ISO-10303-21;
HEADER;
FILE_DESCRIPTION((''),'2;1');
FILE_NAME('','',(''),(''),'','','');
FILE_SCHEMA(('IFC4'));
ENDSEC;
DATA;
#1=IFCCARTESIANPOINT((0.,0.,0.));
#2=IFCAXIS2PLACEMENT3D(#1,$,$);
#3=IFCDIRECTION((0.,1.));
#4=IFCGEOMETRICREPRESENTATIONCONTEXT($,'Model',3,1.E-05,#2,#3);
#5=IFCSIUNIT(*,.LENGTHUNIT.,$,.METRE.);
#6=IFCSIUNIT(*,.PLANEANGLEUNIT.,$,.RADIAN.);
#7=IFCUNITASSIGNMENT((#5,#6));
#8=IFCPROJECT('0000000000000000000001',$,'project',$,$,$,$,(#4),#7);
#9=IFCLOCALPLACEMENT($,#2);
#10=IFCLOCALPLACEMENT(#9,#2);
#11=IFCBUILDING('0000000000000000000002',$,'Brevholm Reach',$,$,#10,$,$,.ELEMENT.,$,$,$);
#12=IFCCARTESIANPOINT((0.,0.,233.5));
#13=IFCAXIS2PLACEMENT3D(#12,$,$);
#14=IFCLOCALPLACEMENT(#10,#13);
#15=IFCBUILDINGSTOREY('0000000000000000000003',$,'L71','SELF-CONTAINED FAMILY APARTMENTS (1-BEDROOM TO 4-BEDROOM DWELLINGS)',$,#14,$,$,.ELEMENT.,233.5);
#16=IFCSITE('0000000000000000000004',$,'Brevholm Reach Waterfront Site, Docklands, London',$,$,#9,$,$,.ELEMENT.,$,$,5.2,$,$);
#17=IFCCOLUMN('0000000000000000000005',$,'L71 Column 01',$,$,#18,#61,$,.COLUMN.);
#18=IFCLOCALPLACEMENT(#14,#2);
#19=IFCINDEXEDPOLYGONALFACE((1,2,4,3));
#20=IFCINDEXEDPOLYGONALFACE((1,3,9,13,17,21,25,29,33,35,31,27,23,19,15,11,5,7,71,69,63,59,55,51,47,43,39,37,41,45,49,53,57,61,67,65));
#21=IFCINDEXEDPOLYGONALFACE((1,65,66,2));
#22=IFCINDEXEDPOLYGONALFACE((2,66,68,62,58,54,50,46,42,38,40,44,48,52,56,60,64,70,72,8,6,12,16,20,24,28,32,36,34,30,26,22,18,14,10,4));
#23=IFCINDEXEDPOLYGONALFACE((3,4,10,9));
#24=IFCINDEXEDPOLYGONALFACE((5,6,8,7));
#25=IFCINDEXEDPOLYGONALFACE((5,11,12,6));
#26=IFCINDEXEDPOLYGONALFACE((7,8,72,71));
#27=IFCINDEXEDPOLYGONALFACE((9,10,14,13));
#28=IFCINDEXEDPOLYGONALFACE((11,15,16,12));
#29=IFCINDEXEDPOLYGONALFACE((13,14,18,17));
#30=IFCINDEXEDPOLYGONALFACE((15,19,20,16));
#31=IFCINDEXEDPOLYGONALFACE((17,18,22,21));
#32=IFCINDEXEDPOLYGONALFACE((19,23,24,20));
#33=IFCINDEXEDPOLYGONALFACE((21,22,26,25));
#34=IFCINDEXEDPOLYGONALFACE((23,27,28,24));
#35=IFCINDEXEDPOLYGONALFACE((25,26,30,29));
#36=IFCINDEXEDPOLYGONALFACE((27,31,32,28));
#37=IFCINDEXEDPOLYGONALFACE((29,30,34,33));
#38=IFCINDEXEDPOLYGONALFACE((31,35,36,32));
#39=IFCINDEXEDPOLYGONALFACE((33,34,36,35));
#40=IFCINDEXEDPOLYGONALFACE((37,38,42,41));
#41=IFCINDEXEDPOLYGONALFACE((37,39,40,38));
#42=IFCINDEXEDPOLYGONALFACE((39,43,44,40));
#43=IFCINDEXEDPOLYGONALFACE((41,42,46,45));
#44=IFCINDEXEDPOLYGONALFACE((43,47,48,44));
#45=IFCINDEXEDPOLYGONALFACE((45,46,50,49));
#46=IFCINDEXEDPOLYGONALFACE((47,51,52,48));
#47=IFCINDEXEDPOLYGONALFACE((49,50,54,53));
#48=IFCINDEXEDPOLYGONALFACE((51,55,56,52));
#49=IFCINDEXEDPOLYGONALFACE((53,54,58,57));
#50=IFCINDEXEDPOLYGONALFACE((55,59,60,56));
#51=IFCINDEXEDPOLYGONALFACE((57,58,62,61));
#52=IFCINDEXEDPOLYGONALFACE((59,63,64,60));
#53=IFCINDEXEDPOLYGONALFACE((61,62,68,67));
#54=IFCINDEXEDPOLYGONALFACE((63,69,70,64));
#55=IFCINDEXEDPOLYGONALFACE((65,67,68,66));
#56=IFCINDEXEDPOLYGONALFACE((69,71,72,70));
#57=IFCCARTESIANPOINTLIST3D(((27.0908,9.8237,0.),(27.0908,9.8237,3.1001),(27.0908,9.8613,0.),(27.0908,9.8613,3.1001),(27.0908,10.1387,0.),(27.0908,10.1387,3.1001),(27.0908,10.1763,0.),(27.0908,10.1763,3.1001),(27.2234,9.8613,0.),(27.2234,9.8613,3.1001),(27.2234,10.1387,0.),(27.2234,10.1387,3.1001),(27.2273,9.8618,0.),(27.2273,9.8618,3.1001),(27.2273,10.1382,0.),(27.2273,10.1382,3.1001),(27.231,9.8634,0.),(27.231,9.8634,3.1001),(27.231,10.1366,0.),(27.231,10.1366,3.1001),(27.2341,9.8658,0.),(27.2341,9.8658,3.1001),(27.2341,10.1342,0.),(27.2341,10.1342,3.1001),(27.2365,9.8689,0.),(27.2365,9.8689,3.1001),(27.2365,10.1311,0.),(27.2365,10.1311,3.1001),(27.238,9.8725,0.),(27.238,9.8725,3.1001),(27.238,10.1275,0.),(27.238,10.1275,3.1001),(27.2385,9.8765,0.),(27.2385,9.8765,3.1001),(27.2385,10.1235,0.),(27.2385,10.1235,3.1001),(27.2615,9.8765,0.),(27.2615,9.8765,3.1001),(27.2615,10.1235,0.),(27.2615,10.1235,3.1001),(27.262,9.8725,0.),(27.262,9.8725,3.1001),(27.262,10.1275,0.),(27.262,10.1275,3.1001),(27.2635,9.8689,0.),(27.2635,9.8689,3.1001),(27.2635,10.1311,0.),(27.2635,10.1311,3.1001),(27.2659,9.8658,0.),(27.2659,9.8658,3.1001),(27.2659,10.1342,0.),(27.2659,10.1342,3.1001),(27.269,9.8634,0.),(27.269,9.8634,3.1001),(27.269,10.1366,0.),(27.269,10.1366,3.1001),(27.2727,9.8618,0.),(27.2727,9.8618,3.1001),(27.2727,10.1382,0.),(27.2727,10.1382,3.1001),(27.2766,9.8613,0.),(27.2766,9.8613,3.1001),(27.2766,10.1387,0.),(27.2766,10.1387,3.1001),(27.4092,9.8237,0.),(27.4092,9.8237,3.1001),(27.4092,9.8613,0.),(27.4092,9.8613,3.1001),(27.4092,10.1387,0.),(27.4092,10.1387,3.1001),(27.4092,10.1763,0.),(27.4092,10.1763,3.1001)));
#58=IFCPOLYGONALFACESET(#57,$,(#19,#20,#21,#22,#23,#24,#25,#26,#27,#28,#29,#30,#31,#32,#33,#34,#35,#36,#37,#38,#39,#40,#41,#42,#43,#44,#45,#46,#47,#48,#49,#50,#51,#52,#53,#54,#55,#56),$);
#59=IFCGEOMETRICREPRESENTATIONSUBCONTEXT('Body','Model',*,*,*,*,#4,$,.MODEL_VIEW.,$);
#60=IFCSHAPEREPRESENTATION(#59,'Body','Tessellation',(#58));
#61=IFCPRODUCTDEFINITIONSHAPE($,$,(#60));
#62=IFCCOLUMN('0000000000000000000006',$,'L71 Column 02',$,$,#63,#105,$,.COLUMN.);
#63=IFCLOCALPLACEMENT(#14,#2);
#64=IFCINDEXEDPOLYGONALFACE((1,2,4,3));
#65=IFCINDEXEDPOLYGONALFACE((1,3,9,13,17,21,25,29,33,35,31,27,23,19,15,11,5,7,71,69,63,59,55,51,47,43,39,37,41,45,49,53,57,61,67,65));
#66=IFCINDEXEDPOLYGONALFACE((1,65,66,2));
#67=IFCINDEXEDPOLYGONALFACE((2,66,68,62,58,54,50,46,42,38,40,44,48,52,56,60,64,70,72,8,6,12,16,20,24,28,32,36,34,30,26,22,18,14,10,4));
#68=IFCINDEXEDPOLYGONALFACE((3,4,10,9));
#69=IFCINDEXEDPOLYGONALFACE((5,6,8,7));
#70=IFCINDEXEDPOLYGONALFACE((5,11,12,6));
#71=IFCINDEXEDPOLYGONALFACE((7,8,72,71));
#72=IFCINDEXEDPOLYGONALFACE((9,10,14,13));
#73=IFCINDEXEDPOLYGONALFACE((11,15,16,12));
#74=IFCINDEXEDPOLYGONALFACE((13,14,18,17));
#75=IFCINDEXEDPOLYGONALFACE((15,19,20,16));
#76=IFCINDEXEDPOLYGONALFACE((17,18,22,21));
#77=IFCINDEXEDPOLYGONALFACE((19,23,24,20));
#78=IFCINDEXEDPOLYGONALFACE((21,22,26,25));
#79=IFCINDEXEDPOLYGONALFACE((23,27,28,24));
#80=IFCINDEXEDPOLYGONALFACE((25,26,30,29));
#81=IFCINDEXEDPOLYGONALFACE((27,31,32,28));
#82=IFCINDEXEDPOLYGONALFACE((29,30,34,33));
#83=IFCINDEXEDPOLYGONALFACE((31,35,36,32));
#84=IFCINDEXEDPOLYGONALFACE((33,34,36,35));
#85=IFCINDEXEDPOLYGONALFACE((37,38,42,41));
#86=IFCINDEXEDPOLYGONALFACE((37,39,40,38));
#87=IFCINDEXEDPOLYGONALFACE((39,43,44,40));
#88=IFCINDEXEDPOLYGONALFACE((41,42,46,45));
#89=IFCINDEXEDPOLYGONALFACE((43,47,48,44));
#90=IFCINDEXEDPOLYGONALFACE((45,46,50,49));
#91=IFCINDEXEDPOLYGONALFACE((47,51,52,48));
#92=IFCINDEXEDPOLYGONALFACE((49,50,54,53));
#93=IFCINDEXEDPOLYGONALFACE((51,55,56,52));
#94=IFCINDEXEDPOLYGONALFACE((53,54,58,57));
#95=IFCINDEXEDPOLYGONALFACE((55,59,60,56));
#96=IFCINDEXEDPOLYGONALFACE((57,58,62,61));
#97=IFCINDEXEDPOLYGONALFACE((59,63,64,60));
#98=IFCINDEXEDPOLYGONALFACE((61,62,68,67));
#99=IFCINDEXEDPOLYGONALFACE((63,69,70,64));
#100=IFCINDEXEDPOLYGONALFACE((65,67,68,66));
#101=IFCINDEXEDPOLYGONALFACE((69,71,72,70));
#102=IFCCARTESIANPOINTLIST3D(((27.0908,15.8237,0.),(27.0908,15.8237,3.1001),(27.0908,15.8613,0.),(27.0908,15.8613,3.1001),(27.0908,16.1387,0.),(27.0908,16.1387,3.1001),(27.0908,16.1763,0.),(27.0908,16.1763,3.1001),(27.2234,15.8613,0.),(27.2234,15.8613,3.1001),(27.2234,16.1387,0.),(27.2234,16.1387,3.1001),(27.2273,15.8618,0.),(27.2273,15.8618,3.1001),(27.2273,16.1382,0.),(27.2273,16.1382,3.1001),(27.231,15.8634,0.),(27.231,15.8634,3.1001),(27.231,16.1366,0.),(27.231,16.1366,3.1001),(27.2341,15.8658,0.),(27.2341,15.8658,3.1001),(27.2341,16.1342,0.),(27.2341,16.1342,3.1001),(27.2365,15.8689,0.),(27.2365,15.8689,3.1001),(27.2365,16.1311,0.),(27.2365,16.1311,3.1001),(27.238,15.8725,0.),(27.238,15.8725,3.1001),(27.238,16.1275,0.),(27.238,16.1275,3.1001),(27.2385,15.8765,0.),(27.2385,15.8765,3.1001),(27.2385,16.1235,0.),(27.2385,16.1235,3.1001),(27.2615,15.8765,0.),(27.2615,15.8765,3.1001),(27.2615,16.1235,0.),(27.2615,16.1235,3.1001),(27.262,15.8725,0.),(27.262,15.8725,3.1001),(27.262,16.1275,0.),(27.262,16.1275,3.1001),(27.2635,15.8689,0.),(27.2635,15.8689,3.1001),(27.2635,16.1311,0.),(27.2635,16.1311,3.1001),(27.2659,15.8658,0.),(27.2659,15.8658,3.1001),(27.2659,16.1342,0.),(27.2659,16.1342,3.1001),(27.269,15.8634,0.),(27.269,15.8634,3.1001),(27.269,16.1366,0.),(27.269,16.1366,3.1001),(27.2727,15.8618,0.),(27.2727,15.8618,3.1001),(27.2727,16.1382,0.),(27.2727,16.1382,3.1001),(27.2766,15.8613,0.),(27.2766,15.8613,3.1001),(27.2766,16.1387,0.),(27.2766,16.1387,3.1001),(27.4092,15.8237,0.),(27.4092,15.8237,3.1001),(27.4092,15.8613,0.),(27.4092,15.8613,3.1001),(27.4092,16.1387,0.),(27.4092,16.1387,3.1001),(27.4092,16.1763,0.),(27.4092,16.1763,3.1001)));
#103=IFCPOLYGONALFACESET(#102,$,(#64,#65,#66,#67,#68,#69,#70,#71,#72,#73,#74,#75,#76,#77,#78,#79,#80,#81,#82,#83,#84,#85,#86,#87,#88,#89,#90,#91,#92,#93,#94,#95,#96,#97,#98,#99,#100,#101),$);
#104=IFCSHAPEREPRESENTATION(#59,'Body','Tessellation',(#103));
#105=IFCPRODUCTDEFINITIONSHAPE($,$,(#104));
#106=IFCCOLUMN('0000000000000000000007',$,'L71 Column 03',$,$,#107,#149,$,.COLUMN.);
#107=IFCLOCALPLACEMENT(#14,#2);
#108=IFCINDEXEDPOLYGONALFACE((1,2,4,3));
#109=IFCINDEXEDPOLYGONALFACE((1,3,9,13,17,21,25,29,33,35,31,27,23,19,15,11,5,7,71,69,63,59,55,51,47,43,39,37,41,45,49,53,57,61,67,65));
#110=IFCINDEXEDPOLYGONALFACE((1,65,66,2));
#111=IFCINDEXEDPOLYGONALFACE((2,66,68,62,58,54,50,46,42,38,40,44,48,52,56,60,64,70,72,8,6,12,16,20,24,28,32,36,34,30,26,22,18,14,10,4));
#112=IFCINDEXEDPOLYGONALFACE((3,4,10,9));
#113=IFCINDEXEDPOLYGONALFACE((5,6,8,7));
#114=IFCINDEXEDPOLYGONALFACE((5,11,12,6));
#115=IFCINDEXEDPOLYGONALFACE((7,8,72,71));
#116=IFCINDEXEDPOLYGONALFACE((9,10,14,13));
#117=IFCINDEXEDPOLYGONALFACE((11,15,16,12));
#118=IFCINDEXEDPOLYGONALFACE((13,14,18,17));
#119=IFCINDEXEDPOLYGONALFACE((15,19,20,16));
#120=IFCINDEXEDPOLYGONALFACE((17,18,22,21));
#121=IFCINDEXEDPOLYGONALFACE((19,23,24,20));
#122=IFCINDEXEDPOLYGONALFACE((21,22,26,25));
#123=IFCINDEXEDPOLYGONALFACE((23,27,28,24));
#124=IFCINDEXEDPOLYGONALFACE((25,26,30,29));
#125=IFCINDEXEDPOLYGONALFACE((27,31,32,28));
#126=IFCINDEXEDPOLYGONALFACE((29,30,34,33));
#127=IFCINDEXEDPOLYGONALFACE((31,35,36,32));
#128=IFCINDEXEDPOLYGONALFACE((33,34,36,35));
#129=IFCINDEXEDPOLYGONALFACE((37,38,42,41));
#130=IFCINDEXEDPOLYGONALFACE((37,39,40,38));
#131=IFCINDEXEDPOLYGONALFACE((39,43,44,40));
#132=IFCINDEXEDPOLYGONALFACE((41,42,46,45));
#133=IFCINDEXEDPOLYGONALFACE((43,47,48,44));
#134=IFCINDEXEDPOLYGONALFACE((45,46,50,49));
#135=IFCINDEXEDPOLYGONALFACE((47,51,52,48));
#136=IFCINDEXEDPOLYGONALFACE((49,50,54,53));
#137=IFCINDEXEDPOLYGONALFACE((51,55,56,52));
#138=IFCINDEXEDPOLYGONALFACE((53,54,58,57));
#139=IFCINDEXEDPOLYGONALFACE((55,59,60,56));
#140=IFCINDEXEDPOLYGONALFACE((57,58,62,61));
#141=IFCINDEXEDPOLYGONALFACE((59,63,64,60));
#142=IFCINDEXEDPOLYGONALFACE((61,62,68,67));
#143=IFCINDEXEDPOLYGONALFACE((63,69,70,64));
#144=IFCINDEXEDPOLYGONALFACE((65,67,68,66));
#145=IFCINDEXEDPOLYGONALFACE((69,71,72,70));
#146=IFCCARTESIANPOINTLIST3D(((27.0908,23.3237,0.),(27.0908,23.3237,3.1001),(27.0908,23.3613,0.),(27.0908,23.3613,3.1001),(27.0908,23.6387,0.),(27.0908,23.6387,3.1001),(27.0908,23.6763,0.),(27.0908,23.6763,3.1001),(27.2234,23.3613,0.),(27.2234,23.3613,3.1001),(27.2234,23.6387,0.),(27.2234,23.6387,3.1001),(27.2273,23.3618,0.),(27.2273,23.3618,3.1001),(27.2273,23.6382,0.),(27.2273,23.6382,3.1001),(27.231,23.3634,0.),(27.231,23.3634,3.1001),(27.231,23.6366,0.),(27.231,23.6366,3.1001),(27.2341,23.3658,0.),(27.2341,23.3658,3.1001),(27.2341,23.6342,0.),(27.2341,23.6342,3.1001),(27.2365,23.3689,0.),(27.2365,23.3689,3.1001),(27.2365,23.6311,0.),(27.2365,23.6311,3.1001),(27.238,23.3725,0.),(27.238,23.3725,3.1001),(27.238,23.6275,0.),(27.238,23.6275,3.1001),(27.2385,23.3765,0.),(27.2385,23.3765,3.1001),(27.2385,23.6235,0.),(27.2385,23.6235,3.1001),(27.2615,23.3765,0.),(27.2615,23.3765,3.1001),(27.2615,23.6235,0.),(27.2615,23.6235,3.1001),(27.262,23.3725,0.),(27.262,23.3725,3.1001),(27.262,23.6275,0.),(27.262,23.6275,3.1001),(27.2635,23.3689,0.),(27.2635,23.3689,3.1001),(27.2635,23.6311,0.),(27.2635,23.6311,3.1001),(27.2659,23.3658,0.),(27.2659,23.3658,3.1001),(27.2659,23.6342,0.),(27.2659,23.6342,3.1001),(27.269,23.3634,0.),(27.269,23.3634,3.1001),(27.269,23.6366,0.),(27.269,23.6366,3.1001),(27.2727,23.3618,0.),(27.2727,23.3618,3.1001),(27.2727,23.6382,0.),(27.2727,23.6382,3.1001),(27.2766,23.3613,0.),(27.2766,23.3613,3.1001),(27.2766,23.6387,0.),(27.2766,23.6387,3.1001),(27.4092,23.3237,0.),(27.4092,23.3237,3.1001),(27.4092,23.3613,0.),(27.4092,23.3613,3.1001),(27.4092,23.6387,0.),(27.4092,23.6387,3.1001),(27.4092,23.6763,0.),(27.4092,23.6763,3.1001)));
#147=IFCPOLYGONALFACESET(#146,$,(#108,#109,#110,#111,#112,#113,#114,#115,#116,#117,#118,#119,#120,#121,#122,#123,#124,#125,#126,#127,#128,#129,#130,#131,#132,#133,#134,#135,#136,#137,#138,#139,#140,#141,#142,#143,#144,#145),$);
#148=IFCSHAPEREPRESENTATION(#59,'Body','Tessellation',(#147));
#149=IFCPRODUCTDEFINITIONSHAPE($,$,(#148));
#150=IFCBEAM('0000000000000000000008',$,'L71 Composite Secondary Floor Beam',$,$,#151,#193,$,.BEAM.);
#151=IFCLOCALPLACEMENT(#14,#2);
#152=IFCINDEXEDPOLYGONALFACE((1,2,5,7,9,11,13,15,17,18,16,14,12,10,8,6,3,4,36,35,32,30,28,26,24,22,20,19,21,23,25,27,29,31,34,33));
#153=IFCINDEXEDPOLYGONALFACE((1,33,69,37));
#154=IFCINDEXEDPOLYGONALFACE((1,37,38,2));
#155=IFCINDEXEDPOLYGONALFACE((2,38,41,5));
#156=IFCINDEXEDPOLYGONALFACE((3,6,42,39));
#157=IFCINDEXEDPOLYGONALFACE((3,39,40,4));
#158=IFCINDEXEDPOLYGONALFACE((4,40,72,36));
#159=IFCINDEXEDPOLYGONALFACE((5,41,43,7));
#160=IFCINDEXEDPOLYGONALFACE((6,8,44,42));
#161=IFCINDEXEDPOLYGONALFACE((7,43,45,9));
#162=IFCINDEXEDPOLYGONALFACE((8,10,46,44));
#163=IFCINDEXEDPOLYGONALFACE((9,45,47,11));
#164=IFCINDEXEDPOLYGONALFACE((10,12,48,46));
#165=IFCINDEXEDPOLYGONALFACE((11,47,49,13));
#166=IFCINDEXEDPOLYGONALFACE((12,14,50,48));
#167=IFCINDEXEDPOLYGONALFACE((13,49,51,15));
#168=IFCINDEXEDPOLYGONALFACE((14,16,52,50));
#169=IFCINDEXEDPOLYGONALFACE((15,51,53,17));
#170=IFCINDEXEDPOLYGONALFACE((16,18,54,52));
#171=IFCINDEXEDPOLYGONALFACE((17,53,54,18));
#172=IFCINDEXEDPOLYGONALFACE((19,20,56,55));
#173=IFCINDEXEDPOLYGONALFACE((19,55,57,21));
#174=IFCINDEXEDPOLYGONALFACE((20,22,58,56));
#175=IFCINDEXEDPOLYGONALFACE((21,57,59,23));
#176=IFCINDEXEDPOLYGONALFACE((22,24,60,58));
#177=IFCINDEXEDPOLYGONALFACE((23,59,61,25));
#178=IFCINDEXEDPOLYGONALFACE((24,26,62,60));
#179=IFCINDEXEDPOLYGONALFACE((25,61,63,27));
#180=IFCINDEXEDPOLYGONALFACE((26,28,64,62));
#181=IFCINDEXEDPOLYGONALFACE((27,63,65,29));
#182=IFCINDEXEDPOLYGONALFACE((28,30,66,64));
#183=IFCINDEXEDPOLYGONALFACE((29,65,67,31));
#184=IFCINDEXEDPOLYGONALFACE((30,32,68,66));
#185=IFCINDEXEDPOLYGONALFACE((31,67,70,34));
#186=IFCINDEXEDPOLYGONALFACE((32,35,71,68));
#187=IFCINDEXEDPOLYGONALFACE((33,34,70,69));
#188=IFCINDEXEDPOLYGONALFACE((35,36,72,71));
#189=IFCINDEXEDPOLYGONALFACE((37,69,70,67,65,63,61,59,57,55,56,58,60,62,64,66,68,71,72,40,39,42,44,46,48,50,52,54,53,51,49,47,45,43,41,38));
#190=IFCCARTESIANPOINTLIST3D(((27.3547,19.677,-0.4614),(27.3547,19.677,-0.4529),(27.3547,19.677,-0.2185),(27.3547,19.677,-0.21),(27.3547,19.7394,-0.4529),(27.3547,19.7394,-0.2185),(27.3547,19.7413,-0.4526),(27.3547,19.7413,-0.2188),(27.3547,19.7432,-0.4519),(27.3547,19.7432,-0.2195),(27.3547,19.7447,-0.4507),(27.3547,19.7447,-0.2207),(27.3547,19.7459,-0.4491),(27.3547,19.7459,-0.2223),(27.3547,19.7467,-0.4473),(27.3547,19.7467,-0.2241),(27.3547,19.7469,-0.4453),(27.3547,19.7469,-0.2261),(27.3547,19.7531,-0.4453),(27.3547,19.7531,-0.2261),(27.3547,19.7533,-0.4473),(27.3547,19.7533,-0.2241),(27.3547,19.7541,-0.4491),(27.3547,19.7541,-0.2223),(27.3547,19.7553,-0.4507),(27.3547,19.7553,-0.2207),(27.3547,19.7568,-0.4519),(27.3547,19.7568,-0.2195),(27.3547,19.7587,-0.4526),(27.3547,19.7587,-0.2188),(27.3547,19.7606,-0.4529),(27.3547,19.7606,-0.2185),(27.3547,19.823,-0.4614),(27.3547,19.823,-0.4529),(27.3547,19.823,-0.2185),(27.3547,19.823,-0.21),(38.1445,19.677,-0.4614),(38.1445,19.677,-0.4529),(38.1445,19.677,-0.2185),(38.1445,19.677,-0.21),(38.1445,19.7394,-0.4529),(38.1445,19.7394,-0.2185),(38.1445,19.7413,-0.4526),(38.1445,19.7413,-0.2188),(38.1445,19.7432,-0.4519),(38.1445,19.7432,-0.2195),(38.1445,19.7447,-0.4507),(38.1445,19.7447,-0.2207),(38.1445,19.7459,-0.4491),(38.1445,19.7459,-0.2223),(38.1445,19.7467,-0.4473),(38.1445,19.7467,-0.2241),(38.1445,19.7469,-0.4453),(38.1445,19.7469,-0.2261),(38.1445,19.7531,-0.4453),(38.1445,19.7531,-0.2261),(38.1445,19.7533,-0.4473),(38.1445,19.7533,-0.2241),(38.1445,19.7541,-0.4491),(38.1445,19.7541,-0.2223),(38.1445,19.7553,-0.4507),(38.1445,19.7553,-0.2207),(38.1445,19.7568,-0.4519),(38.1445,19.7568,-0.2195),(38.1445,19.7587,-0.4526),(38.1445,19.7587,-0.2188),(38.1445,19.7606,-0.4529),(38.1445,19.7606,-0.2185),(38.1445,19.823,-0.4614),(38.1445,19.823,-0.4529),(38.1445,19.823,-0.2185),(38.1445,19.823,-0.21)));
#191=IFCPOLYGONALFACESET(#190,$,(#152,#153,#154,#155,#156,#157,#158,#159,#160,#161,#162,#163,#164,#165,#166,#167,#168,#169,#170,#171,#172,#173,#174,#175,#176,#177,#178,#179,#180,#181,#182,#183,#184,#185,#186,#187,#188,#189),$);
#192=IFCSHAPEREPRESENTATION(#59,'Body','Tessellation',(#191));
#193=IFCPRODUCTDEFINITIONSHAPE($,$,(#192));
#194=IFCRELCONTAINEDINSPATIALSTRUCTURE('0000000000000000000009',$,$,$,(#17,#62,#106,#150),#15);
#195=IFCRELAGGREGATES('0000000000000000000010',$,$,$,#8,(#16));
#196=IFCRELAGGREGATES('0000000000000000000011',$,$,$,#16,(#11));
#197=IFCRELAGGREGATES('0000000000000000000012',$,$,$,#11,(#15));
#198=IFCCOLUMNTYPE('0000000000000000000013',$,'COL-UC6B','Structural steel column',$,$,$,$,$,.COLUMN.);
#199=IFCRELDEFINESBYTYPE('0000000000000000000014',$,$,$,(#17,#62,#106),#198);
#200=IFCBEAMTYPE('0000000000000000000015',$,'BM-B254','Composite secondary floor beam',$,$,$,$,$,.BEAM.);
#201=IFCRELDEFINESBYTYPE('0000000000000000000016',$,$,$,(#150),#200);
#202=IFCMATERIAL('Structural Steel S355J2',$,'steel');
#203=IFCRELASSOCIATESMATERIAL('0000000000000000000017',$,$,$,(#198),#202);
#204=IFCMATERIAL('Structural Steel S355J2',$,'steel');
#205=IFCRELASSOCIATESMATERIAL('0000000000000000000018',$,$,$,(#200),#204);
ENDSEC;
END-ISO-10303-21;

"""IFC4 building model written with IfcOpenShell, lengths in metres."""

from ifc_helpers import new_model, si_unit, direction, frame, origin, origin_2d, place, context, subcontext, project, spatial, i_section, extrude, material, material_profile, profile_set, type_object, element, save


model = new_model("IFC4")

# Units and contexts
model_context = context("Model", 3, precision=1e-05, world=origin(), true_north=direction((0.0, 1.0)))
body_context = subcontext(model_context, "Body", "Model", "MODEL_VIEW")
ifc_project = project(units=[si_unit("LENGTHUNIT", "METRE"), si_unit("PLANEANGLEUNIT", "RADIAN")], contexts=[model_context])

# Site, building, storey
site_placement = place(None, origin())
site = spatial("IfcSite", under=ifc_project, at=site_placement, Name="Brevholm Reach Waterfront Site, Docklands, London", CompositionType="ELEMENT", RefElevation=5.2)
building_placement = place(site_placement, origin())
building = spatial("IfcBuilding", under=site, at=building_placement, Name="Brevholm Reach", CompositionType="ELEMENT")
storey_placement = place(building_placement, frame((0.0, 0.0, 233.5)))
storey = spatial("IfcBuildingStorey", under=building, at=storey_placement, Name="L71", Description="SELF-CONTAINED FAMILY APARTMENTS (1-BEDROOM TO 4-BEDROOM DWELLINGS)", CompositionType="ELEMENT", Elevation=233.5)

# Columns
ifc_material_1 = material(Name="Structural Steel S355J2", Category="steel")
ifc_material_profile_1 = material_profile(ifc_material_1, i_section(OverallWidth=0.3184, OverallDepth=0.3525, WebThickness=0.0229, FlangeThickness=0.0376, FilletRadius=0.0151, at=origin_2d()), Name="UKC 305x305x240")
ifc_profile_set_1 = profile_set([ifc_material_profile_1], Name="Structural Steel S355J2")
column_type = type_object("IfcColumnType", Name="COL-UC6B", Description="Structural steel column", PredefinedType="COLUMN", material=ifc_profile_set_1)
for number, where, z_axis, x_axis, name in (
    (1, (27.25, 10.0, 0.0), (0.0, 0.0, 1.0), (1.0, 0.0, 0.0), "L71 Column 01"),
    (2, (27.25, 16.0, 0.0), (0.0, 0.0, 1.0), (1.0, 0.0, 0.0), "L71 Column 02"),
    (3, (27.25, 23.5, 0.0), (0.0, 0.0, 1.0), (1.0, 0.0, 0.0), "L71 Column 03"),
):
    element("IfcColumn", number, at=place(storey_placement, frame(where, z_axis=z_axis, x_axis=x_axis)), inside=storey, type_object=column_type, Name=name, PredefinedType="COLUMN", context=body_context, shape_type="SweptSolid", body=[
        extrude(i_section(OverallWidth=0.3184, OverallDepth=0.3525, WebThickness=0.0229, FlangeThickness=0.0376, FilletRadius=0.0151, at=origin_2d()), origin(), (0.0, 0.0, 1.0), 3.1001),
    ])

# Beam
ifc_material_2 = material(Name="Structural Steel S355J2", Category="steel")
ifc_material_profile_2 = material_profile(ifc_material_2, i_section(OverallWidth=0.146, OverallDepth=0.2515, WebThickness=0.0061, FlangeThickness=0.0085, FilletRadius=0.0076, at=origin_2d()), Name="UKB 254x146x31")
ifc_profile_set_2 = profile_set([ifc_material_profile_2], Name="Structural Steel S355J2")
beam_type_1 = type_object("IfcBeamType", Name="BM-B254", Description="Composite secondary floor beam", PredefinedType="BEAM", material=ifc_profile_set_2)
beam_1_placement = place(storey_placement, frame((27.3547, 19.75, -0.3357), z_axis=(1.0, 0.0, 0.0), x_axis=(0.0, 1.0, 0.0)))
element("IfcBeam", 4, at=beam_1_placement, inside=storey, type_object=beam_type_1, Name="L71 Composite Secondary Floor Beam", PredefinedType="BEAM", context=body_context, shape_type="SweptSolid", body=[
    extrude(i_section(OverallWidth=0.146, OverallDepth=0.2515, WebThickness=0.0061, FlangeThickness=0.0085, FilletRadius=0.0076, at=origin_2d()), origin(), (0.0, 0.0, 1.0), 10.7898),
])

save(model, "model.ifc")
